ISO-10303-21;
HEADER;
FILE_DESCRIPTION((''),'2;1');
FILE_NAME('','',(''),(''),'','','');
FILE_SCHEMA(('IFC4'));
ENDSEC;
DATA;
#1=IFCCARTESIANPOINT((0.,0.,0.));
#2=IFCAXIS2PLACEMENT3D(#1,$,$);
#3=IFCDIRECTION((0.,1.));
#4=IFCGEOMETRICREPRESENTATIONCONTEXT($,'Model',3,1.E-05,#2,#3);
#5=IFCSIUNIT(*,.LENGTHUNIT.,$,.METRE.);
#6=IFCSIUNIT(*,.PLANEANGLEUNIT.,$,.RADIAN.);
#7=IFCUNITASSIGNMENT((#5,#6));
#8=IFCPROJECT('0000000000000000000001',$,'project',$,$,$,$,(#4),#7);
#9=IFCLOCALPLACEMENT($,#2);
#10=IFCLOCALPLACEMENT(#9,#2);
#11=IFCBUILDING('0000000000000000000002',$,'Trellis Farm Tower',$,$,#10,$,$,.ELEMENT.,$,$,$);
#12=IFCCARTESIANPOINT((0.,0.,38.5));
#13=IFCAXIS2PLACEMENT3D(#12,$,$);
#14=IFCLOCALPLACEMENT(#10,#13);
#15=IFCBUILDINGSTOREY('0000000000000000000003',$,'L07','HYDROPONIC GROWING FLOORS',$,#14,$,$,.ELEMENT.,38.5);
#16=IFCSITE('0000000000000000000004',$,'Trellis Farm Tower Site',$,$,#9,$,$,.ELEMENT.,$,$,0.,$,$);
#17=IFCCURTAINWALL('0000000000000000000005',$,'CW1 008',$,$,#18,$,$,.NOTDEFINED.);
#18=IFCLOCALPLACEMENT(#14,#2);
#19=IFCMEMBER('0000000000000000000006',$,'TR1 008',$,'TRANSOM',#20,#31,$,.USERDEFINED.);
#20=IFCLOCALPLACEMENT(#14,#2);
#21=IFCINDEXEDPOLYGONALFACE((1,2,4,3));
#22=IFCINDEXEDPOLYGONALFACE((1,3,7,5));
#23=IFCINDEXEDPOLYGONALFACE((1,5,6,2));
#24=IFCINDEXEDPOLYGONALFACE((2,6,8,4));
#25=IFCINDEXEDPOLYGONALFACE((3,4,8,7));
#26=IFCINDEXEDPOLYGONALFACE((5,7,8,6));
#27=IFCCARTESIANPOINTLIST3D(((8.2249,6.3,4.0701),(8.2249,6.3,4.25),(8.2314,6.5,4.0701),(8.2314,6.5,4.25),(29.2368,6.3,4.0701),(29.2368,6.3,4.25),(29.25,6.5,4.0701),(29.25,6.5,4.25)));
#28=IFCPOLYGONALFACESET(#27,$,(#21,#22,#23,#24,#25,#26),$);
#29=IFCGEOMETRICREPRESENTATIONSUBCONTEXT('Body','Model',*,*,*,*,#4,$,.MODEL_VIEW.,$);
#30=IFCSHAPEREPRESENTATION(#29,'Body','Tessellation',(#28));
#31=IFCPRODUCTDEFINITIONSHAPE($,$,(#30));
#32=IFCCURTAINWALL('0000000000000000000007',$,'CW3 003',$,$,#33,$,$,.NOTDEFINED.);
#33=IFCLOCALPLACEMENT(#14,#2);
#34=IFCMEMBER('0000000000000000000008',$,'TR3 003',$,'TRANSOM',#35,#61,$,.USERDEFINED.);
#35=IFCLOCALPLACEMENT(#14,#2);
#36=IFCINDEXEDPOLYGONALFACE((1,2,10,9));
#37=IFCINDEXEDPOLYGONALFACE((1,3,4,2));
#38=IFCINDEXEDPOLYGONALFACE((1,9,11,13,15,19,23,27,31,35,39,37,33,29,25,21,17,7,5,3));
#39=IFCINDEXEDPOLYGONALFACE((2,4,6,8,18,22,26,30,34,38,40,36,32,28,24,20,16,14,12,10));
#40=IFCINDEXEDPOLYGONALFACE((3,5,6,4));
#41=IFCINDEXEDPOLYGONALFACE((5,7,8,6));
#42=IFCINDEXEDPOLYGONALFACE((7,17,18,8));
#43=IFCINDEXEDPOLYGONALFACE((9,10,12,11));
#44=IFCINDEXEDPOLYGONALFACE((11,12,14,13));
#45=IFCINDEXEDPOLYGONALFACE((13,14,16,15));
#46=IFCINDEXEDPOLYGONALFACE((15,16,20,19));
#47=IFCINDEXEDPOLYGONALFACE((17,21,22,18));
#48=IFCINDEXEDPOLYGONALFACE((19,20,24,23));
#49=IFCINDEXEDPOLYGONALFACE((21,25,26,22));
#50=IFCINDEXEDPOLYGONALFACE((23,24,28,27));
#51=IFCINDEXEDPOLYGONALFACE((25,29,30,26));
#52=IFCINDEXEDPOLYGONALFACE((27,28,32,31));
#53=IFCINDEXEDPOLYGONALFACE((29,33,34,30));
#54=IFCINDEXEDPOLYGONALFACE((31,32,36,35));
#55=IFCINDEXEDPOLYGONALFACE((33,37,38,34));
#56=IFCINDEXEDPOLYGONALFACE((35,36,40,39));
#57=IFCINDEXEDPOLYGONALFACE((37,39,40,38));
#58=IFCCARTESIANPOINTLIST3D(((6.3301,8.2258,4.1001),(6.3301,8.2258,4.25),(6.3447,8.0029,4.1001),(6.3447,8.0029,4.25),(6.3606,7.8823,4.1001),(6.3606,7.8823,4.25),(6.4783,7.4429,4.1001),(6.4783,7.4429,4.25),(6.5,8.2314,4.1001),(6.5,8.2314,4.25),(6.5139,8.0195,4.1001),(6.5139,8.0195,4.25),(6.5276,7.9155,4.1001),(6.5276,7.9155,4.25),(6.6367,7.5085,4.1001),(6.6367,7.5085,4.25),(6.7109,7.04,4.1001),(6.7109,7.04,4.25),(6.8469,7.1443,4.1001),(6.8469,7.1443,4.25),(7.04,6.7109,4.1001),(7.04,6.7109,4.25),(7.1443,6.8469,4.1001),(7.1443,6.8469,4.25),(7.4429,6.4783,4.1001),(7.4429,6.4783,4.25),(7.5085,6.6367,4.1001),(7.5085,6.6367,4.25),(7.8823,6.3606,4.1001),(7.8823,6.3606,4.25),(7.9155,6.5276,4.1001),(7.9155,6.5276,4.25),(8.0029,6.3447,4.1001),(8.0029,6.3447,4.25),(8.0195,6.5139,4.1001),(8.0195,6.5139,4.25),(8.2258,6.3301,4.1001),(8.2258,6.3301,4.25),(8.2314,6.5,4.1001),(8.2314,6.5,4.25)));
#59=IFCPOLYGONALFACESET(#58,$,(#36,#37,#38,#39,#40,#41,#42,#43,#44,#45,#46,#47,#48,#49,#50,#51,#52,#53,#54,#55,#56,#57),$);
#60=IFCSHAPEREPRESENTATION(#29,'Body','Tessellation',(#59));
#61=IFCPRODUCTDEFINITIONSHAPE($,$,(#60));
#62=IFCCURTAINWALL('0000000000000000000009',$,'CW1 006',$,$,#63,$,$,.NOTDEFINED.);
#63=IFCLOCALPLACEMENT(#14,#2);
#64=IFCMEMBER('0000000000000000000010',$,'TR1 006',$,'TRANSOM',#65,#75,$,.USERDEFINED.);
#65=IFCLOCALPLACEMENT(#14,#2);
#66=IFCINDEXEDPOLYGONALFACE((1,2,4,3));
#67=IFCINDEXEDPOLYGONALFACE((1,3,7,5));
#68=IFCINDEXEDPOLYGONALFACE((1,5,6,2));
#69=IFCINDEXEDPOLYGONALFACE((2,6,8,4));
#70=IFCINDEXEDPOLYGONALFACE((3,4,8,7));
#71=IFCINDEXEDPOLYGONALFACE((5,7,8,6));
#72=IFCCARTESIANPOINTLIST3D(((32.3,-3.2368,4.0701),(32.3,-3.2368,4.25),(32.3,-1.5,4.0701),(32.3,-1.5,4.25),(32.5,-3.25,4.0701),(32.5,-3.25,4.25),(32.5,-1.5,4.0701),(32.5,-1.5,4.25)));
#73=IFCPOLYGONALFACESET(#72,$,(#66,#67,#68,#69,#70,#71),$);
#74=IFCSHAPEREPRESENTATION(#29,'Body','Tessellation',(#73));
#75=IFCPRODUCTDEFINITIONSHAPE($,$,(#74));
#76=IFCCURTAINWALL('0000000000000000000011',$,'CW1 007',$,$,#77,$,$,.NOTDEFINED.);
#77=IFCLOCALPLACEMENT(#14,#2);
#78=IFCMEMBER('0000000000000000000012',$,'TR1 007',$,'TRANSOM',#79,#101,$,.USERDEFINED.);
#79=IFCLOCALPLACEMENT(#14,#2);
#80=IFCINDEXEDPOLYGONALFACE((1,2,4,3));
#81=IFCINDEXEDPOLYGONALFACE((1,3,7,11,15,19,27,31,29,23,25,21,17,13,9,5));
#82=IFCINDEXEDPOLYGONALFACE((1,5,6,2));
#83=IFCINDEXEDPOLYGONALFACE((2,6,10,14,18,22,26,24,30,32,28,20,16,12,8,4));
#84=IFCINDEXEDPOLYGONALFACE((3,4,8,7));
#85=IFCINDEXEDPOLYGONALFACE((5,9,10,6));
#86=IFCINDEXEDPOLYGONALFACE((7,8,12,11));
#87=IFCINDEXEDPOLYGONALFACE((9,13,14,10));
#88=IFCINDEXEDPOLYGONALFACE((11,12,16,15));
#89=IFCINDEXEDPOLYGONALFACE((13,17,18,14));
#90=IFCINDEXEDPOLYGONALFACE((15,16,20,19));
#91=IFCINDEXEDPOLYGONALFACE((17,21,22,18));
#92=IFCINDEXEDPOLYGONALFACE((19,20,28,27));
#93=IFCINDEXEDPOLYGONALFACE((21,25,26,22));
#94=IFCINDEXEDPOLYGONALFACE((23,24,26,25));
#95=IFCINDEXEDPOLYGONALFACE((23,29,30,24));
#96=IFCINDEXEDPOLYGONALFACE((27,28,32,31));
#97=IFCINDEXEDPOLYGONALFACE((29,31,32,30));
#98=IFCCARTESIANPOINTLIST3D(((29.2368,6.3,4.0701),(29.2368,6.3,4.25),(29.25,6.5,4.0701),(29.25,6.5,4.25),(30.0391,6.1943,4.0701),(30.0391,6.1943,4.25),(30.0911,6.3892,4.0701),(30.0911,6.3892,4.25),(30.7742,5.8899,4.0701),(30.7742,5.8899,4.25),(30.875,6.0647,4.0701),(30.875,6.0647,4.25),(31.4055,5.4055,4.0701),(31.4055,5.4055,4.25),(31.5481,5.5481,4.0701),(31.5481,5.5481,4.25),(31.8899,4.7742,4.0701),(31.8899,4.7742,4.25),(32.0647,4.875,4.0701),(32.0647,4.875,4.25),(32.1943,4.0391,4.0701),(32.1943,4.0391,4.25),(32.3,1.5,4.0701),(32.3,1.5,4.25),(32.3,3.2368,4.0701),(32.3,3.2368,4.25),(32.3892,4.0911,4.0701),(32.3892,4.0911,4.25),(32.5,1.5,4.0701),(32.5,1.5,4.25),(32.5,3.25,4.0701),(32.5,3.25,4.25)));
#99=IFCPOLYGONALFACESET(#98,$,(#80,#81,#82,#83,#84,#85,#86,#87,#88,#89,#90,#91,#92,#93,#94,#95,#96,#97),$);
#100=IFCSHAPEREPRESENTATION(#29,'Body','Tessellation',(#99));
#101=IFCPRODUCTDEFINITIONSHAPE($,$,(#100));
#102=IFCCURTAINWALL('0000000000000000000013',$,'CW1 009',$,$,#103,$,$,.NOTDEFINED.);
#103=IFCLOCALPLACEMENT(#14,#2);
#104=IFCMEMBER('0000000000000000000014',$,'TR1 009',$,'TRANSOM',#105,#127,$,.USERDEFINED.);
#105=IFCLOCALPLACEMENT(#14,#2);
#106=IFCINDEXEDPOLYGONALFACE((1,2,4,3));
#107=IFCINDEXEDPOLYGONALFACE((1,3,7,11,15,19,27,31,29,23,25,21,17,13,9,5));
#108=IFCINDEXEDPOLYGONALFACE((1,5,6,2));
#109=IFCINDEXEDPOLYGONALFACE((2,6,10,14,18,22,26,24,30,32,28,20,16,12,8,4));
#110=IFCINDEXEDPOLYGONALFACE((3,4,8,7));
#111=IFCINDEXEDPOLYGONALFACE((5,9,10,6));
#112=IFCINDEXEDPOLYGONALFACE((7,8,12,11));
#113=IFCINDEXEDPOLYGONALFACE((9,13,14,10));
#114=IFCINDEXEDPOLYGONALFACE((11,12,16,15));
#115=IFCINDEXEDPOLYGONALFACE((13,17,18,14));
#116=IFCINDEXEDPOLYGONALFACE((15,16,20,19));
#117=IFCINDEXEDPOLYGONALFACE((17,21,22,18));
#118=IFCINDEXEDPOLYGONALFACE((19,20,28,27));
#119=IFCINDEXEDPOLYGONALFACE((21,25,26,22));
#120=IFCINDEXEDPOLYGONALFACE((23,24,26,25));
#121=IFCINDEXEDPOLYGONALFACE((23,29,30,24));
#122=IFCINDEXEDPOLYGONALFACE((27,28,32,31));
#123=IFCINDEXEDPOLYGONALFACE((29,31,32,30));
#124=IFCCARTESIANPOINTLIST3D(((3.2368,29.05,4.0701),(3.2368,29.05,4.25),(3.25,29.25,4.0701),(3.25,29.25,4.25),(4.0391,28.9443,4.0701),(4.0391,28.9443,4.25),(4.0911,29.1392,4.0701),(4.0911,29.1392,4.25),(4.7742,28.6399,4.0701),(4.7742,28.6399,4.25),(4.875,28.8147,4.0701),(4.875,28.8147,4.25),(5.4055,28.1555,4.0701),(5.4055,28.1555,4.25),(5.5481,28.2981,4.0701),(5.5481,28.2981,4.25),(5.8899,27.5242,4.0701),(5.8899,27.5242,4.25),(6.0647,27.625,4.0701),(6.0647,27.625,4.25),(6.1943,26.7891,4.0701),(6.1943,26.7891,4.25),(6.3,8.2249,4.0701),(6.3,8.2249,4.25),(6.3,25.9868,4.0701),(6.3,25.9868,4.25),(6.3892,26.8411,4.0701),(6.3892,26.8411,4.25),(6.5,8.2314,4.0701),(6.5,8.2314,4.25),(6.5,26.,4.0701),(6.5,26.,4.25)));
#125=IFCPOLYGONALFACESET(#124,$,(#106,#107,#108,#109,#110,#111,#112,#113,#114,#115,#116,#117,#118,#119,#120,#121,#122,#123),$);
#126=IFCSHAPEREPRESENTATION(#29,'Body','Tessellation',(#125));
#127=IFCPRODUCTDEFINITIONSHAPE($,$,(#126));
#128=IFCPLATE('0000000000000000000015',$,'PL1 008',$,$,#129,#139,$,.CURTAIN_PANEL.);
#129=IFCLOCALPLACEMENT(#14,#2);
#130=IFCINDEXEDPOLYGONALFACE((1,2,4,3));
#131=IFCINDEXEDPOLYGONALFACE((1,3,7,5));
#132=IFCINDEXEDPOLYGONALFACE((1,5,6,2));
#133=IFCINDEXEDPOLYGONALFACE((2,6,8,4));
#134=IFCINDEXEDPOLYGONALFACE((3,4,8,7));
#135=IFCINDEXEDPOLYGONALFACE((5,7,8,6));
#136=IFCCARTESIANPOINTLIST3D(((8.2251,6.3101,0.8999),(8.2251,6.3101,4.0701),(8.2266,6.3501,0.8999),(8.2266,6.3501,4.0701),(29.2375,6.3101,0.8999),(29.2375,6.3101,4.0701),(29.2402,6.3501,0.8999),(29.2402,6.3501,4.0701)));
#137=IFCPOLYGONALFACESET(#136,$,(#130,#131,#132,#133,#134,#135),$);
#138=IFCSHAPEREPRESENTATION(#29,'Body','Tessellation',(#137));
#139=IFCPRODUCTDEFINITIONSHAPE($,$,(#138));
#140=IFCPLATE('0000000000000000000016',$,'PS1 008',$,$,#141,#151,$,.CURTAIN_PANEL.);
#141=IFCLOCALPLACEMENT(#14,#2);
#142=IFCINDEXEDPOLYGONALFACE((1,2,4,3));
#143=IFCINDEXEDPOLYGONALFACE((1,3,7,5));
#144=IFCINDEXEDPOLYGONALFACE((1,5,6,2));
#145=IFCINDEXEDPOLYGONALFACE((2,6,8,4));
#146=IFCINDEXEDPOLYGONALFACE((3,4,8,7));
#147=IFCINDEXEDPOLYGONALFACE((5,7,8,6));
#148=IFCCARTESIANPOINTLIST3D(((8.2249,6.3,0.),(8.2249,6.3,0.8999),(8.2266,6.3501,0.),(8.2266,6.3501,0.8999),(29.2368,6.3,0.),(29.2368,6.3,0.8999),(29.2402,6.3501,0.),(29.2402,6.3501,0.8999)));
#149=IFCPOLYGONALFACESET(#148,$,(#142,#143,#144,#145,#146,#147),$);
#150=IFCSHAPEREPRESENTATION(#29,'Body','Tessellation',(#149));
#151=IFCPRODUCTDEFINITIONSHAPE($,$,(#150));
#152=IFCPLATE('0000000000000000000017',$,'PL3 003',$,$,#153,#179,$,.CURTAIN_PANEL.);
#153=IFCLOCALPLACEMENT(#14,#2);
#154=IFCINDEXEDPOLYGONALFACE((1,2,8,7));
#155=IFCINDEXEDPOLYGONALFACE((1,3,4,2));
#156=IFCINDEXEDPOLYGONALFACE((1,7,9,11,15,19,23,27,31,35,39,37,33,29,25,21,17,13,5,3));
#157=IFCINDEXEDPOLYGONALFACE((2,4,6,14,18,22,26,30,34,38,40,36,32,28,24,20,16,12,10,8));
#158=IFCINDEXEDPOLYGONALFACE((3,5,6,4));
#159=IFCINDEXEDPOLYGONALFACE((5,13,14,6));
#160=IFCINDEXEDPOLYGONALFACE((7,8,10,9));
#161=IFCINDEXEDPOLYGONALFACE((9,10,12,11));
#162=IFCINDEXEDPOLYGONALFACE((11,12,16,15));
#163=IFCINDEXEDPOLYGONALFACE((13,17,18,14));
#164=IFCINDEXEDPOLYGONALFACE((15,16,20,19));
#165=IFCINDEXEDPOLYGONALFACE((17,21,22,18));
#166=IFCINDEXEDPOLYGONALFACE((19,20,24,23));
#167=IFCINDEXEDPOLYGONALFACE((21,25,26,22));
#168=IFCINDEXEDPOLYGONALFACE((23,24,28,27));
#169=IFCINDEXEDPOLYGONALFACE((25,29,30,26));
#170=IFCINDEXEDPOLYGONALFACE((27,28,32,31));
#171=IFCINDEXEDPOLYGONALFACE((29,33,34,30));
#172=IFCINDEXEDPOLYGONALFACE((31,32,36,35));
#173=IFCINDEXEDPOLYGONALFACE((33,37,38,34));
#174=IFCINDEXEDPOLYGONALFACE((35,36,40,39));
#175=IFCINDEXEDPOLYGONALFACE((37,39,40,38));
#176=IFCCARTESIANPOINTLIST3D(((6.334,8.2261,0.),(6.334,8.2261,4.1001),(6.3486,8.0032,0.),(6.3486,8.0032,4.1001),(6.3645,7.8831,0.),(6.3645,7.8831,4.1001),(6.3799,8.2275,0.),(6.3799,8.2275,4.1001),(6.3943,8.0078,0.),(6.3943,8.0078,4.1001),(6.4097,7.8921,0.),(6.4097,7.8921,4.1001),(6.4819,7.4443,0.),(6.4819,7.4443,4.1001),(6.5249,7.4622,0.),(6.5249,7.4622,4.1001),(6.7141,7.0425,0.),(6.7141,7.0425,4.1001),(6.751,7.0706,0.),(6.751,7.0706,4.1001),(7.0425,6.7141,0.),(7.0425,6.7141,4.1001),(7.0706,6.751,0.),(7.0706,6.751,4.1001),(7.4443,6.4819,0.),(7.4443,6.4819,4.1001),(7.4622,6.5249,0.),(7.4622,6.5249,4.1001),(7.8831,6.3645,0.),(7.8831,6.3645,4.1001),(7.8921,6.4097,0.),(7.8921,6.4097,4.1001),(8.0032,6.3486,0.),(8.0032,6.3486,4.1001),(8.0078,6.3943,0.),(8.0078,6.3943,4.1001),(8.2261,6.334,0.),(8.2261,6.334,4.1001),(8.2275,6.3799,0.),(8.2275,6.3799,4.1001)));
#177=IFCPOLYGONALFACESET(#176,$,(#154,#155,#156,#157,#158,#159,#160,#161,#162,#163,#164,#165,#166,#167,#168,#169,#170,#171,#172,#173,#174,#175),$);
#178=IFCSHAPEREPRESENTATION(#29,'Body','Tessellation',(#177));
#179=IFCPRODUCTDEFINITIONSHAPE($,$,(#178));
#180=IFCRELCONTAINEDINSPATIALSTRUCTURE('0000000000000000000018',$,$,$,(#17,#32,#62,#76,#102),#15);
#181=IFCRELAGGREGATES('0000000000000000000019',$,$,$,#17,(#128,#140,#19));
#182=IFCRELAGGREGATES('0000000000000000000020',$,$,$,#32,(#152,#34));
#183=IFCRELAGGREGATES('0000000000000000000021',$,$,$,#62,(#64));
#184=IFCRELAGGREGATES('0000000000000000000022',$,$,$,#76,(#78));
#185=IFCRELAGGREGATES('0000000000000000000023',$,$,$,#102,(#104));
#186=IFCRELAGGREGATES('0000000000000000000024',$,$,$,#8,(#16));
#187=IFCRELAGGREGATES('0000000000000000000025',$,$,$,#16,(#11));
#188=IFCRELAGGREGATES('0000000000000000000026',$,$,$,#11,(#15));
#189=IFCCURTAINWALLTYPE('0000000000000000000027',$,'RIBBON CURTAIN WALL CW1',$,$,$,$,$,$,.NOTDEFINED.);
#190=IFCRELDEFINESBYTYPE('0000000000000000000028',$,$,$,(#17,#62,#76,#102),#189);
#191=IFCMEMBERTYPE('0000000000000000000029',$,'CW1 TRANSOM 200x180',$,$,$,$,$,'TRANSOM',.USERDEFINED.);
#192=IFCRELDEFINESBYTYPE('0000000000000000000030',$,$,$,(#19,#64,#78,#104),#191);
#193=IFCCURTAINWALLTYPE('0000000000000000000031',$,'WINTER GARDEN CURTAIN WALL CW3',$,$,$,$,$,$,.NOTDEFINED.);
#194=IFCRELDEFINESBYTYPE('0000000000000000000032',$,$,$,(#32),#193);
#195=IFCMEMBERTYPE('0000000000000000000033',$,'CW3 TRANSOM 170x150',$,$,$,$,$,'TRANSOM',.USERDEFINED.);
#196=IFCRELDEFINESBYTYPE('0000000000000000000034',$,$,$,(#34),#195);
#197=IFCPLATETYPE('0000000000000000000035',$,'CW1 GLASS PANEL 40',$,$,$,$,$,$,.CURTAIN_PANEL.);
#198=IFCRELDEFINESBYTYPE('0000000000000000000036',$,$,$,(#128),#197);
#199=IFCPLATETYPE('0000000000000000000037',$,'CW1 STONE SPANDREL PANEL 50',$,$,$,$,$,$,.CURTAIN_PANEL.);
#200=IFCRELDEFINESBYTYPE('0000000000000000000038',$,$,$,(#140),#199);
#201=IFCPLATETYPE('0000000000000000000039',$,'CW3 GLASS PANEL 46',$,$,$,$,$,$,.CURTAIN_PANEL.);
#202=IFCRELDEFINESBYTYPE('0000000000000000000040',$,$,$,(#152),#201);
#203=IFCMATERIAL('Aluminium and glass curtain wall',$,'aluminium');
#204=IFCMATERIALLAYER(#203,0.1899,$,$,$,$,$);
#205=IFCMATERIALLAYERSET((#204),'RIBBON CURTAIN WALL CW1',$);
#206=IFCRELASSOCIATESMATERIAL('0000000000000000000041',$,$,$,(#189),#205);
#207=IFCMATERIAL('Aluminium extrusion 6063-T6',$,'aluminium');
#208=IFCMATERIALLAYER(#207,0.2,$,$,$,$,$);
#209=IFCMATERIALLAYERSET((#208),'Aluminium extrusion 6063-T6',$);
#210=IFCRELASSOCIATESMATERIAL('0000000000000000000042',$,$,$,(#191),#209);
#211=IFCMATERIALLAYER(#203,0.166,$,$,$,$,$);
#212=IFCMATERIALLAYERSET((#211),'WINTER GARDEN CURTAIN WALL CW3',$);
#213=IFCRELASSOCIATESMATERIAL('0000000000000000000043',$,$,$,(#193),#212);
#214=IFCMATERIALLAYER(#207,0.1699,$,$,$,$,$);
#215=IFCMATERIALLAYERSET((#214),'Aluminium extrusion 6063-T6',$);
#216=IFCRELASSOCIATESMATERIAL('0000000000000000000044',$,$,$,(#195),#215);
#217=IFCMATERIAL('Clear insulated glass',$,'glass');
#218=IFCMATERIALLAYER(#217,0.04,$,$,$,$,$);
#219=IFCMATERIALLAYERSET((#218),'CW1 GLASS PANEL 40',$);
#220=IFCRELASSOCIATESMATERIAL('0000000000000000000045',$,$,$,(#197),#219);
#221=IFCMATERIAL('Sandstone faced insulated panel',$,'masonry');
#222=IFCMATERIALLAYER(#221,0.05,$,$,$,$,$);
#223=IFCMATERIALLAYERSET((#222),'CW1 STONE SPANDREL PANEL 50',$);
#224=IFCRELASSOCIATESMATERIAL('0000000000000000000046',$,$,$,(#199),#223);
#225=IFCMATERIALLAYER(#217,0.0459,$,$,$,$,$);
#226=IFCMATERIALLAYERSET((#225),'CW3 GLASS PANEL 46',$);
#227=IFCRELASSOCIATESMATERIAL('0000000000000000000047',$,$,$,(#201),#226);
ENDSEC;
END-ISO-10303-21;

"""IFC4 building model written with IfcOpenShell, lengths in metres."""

from ifc_helpers import new_model, si_unit, direction, frame, origin, place, context, subcontext, project, spatial, polyline, outline, extrude, source, transform, mapped, material, layer, layer_set, type_object, element, aggregate, save


model = new_model("IFC4")

# Units and contexts
model_context = context("Model", 3, precision=1e-05, world=origin(), true_north=direction((0.0, 1.0)))
body_context = subcontext(model_context, "Body", "Model", "MODEL_VIEW")
ifc_project = project(units=[si_unit("LENGTHUNIT", "METRE"), si_unit("PLANEANGLEUNIT", "RADIAN")], contexts=[model_context])

# Site, building, storey
site_placement = place(None, origin())
site = spatial("IfcSite", under=ifc_project, at=site_placement, Name="Trellis Farm Tower Site", CompositionType="ELEMENT", RefElevation=0.0)
building_placement = place(site_placement, origin())
building = spatial("IfcBuilding", under=site, at=building_placement, Name="Trellis Farm Tower", CompositionType="ELEMENT")
storey_placement = place(building_placement, frame((0.0, 0.0, 38.5)))
storey = spatial("IfcBuildingStorey", under=building, at=storey_placement, Name="L07", Description="HYDROPONIC GROWING FLOORS", CompositionType="ELEMENT", Elevation=38.5)

# Curtain walls, members
ifc_material_1 = material(Name="Aluminium and glass curtain wall", Category="aluminium")
ifc_layer_1 = layer(ifc_material_1, 0.1899)
ifc_layer_set_1 = layer_set([ifc_layer_1], Name="RIBBON CURTAIN WALL CW1")
curtain_wall_type_1 = type_object("IfcCurtainWallType", Name="RIBBON CURTAIN WALL CW1", PredefinedType="NOTDEFINED", material=ifc_layer_set_1)
placement_1 = place(storey_placement, origin())
curtain_wall_1 = element("IfcCurtainWall", 1, at=placement_1, inside=storey, type_object=curtain_wall_type_1, Name="CW1 008", PredefinedType="NOTDEFINED")
ifc_material_2 = material(Name="Aluminium extrusion 6063-T6", Category="aluminium")
ifc_layer_2 = layer(ifc_material_2, 0.2)
ifc_layer_set_2 = layer_set([ifc_layer_2], Name="Aluminium extrusion 6063-T6")
member_type_1 = type_object("IfcMemberType", Name="CW1 TRANSOM 200x180", ElementType="TRANSOM", PredefinedType="USERDEFINED", material=ifc_layer_set_2)
shared_shape_1 = source(origin(), body_context, "Body", "SweptSolid", [
    extrude(outline(polyline([(29.25, 6.5), (8.2314, 6.5), (8.2249, 6.3), (29.2368, 6.3), (29.25, 6.5)])), origin(), (0.0, 0.0, 1.0), 0.1799),
])
placement_2 = place(storey_placement, frame((0.0, 0.0, 4.0701)))
member_1 = element("IfcMember", 2, at=placement_2, type_object=member_type_1, Name="TR1 008", ObjectType="TRANSOM", PredefinedType="USERDEFINED", context=body_context, shape_type="MappedRepresentation", body=[
    mapped(shared_shape_1, transform((0.0, 0.0, 0.0))),
])
ifc_layer_3 = layer(ifc_material_1, 0.166)
ifc_layer_set_3 = layer_set([ifc_layer_3], Name="WINTER GARDEN CURTAIN WALL CW3")
curtain_wall_type_2 = type_object("IfcCurtainWallType", Name="WINTER GARDEN CURTAIN WALL CW3", PredefinedType="NOTDEFINED", material=ifc_layer_set_3)
curtain_wall_2 = element("IfcCurtainWall", 3, at=placement_1, inside=storey, type_object=curtain_wall_type_2, Name="CW3 003", PredefinedType="NOTDEFINED")
ifc_layer_4 = layer(ifc_material_2, 0.1699)
ifc_layer_set_4 = layer_set([ifc_layer_4], Name="Aluminium extrusion 6063-T6")
member_type_2 = type_object("IfcMemberType", Name="CW3 TRANSOM 170x150", ElementType="TRANSOM", PredefinedType="USERDEFINED", material=ifc_layer_set_4)
shared_shape_2 = source(origin(), body_context, "Body", "SweptSolid", [
    extrude(outline(polyline([(8.2314, 6.5), (8.0195, 6.5139), (7.9155, 6.5276), (7.5085, 6.6367), (7.1443, 6.8469), (6.8469, 7.1443), (6.6367, 7.5085), (6.5276, 7.9155), (6.5139, 8.0195), (6.5, 8.2314), (6.3301, 8.2258), (6.3447, 8.0029), (6.3606, 7.8823), (6.4783, 7.4429), (6.7109, 7.04), (7.04, 6.7109), (7.4429, 6.4783), (7.8823, 6.3606), (8.0029, 6.3447), (8.2258, 6.3301), (8.2314, 6.5)])), origin(), (0.0, 0.0, 1.0), 0.1499),
])
member_2_placement = place(storey_placement, frame((0.0, 0.0, 4.1001)))
member_2 = element("IfcMember", 4, at=member_2_placement, type_object=member_type_2, Name="TR3 003", ObjectType="TRANSOM", PredefinedType="USERDEFINED", context=body_context, shape_type="MappedRepresentation", body=[
    mapped(shared_shape_2, transform((0.0, 0.0, 0.0))),
])
curtain_wall_3 = element("IfcCurtainWall", 5, at=placement_1, inside=storey, type_object=curtain_wall_type_1, Name="CW1 006", PredefinedType="NOTDEFINED")
shared_shape_3 = source(origin(), body_context, "Body", "SweptSolid", [
    extrude(outline(polyline([(32.5, -3.25), (32.5, -1.5), (32.3, -1.5), (32.3, -3.2368), (32.5, -3.25)])), origin(), (0.0, 0.0, 1.0), 0.1799),
])
member_3 = element("IfcMember", 6, at=placement_2, type_object=member_type_1, Name="TR1 006", ObjectType="TRANSOM", PredefinedType="USERDEFINED", context=body_context, shape_type="MappedRepresentation", body=[
    mapped(shared_shape_3, transform((0.0, 0.0, 0.0))),
])
curtain_wall_4 = element("IfcCurtainWall", 7, at=placement_1, inside=storey, type_object=curtain_wall_type_1, Name="CW1 007", PredefinedType="NOTDEFINED")
shared_shape_4 = source(origin(), body_context, "Body", "SweptSolid", [
    extrude(outline(polyline([(32.5, 1.5), (32.5, 3.25), (32.3892, 4.0911), (32.0647, 4.875), (31.5481, 5.5481), (30.875, 6.0647), (30.0911, 6.3892), (29.25, 6.5), (29.2368, 6.3), (30.0391, 6.1943), (30.7742, 5.8899), (31.4055, 5.4055), (31.8899, 4.7742), (32.1943, 4.0391), (32.3, 3.2368), (32.3, 1.5), (32.5, 1.5)])), origin(), (0.0, 0.0, 1.0), 0.1799),
])
member_4 = element("IfcMember", 8, at=placement_2, type_object=member_type_1, Name="TR1 007", ObjectType="TRANSOM", PredefinedType="USERDEFINED", context=body_context, shape_type="MappedRepresentation", body=[
    mapped(shared_shape_4, transform((0.0, 0.0, 0.0))),
])
curtain_wall_5 = element("IfcCurtainWall", 9, at=placement_1, inside=storey, type_object=curtain_wall_type_1, Name="CW1 009", PredefinedType="NOTDEFINED")
shared_shape_5 = source(origin(), body_context, "Body", "SweptSolid", [
    extrude(outline(polyline([(6.5, 8.2314), (6.5, 26.0), (6.3892, 26.8411), (6.0647, 27.625), (5.5481, 28.2981), (4.875, 28.8147), (4.0911, 29.1392), (3.25, 29.25), (3.2368, 29.05), (4.0391, 28.9443), (4.7742, 28.6399), (5.4055, 28.1555), (5.8899, 27.5242), (6.1943, 26.7891), (6.3, 25.9868), (6.3, 8.2249), (6.5, 8.2314)])), origin(), (0.0, 0.0, 1.0), 0.1799),
])
member_5 = element("IfcMember", 10, at=placement_2, type_object=member_type_1, Name="TR1 009", ObjectType="TRANSOM", PredefinedType="USERDEFINED", context=body_context, shape_type="MappedRepresentation", body=[
    mapped(shared_shape_5, transform((0.0, 0.0, 0.0))),
])

# Plates
ifc_material_3 = material(Name="Clear insulated glass", Category="glass")
ifc_layer_5 = layer(ifc_material_3, 0.04)
ifc_layer_set_5 = layer_set([ifc_layer_5], Name="CW1 GLASS PANEL 40")
plate_type_1 = type_object("IfcPlateType", Name="CW1 GLASS PANEL 40", PredefinedType="CURTAIN_PANEL", material=ifc_layer_set_5)
shared_shape_6 = source(origin(), body_context, "Body", "SweptSolid", [
    extrude(outline(polyline([(29.2402, 6.3501), (8.2266, 6.3501), (8.2251, 6.3101), (29.2375, 6.3101), (29.2402, 6.3501)])), origin(), (0.0, 0.0, 1.0), 3.1702),
])
placement_3 = place(storey_placement, frame((0.0, 0.0, 0.8999)))
plate_1 = element("IfcPlate", 11, at=placement_3, type_object=plate_type_1, Name="PL1 008", PredefinedType="CURTAIN_PANEL", context=body_context, shape_type="MappedRepresentation", body=[
    mapped(shared_shape_6, transform((0.0, 0.0, 0.0))),
])
ifc_material_4 = material(Name="Sandstone faced insulated panel", Category="masonry")
ifc_layer_6 = layer(ifc_material_4, 0.05)
ifc_layer_set_6 = layer_set([ifc_layer_6], Name="CW1 STONE SPANDREL PANEL 50")
plate_type_2 = type_object("IfcPlateType", Name="CW1 STONE SPANDREL PANEL 50", PredefinedType="CURTAIN_PANEL", material=ifc_layer_set_6)
shared_shape_7 = source(origin(), body_context, "Body", "SweptSolid", [
    extrude(outline(polyline([(29.2402, 6.3501), (8.2266, 6.3501), (8.2249, 6.3), (29.2368, 6.3), (29.2402, 6.3501)])), origin(), (0.0, 0.0, 1.0), 0.8999),
])
plate_2 = element("IfcPlate", 12, at=placement_1, type_object=plate_type_2, Name="PS1 008", PredefinedType="CURTAIN_PANEL", context=body_context, shape_type="MappedRepresentation", body=[
    mapped(shared_shape_7, transform((0.0, 0.0, 0.0))),
])
aggregate(curtain_wall_1, [plate_1, plate_2, member_1])
ifc_layer_7 = layer(ifc_material_3, 0.0459)
ifc_layer_set_7 = layer_set([ifc_layer_7], Name="CW3 GLASS PANEL 46")
plate_type_3 = type_object("IfcPlateType", Name="CW3 GLASS PANEL 46", PredefinedType="CURTAIN_PANEL", material=ifc_layer_set_7)
shared_shape_8 = source(origin(), body_context, "Body", "SweptSolid", [
    extrude(outline(polyline([(8.2275, 6.3799), (8.0078, 6.3943), (7.8921, 6.4097), (7.4622, 6.5249), (7.0706, 6.751), (6.751, 7.0706), (6.5249, 7.4622), (6.4097, 7.8921), (6.3943, 8.0078), (6.3799, 8.2275), (6.334, 8.2261), (6.3486, 8.0032), (6.3645, 7.8831), (6.4819, 7.4443), (6.7141, 7.0425), (7.0425, 6.7141), (7.4443, 6.4819), (7.8831, 6.3645), (8.0032, 6.3486), (8.2261, 6.334), (8.2275, 6.3799)])), origin(), (0.0, 0.0, 1.0), 4.1001),
])
plate_3 = element("IfcPlate", 13, at=placement_1, type_object=plate_type_3, Name="PL3 003", PredefinedType="CURTAIN_PANEL", context=body_context, shape_type="MappedRepresentation", body=[
    mapped(shared_shape_8, transform((0.0, 0.0, 0.0))),
])
aggregate(curtain_wall_2, [plate_3, member_2])
aggregate(curtain_wall_3, [member_3])
aggregate(curtain_wall_4, [member_4])
aggregate(curtain_wall_5, [member_5])

save(model, "model.ifc")
